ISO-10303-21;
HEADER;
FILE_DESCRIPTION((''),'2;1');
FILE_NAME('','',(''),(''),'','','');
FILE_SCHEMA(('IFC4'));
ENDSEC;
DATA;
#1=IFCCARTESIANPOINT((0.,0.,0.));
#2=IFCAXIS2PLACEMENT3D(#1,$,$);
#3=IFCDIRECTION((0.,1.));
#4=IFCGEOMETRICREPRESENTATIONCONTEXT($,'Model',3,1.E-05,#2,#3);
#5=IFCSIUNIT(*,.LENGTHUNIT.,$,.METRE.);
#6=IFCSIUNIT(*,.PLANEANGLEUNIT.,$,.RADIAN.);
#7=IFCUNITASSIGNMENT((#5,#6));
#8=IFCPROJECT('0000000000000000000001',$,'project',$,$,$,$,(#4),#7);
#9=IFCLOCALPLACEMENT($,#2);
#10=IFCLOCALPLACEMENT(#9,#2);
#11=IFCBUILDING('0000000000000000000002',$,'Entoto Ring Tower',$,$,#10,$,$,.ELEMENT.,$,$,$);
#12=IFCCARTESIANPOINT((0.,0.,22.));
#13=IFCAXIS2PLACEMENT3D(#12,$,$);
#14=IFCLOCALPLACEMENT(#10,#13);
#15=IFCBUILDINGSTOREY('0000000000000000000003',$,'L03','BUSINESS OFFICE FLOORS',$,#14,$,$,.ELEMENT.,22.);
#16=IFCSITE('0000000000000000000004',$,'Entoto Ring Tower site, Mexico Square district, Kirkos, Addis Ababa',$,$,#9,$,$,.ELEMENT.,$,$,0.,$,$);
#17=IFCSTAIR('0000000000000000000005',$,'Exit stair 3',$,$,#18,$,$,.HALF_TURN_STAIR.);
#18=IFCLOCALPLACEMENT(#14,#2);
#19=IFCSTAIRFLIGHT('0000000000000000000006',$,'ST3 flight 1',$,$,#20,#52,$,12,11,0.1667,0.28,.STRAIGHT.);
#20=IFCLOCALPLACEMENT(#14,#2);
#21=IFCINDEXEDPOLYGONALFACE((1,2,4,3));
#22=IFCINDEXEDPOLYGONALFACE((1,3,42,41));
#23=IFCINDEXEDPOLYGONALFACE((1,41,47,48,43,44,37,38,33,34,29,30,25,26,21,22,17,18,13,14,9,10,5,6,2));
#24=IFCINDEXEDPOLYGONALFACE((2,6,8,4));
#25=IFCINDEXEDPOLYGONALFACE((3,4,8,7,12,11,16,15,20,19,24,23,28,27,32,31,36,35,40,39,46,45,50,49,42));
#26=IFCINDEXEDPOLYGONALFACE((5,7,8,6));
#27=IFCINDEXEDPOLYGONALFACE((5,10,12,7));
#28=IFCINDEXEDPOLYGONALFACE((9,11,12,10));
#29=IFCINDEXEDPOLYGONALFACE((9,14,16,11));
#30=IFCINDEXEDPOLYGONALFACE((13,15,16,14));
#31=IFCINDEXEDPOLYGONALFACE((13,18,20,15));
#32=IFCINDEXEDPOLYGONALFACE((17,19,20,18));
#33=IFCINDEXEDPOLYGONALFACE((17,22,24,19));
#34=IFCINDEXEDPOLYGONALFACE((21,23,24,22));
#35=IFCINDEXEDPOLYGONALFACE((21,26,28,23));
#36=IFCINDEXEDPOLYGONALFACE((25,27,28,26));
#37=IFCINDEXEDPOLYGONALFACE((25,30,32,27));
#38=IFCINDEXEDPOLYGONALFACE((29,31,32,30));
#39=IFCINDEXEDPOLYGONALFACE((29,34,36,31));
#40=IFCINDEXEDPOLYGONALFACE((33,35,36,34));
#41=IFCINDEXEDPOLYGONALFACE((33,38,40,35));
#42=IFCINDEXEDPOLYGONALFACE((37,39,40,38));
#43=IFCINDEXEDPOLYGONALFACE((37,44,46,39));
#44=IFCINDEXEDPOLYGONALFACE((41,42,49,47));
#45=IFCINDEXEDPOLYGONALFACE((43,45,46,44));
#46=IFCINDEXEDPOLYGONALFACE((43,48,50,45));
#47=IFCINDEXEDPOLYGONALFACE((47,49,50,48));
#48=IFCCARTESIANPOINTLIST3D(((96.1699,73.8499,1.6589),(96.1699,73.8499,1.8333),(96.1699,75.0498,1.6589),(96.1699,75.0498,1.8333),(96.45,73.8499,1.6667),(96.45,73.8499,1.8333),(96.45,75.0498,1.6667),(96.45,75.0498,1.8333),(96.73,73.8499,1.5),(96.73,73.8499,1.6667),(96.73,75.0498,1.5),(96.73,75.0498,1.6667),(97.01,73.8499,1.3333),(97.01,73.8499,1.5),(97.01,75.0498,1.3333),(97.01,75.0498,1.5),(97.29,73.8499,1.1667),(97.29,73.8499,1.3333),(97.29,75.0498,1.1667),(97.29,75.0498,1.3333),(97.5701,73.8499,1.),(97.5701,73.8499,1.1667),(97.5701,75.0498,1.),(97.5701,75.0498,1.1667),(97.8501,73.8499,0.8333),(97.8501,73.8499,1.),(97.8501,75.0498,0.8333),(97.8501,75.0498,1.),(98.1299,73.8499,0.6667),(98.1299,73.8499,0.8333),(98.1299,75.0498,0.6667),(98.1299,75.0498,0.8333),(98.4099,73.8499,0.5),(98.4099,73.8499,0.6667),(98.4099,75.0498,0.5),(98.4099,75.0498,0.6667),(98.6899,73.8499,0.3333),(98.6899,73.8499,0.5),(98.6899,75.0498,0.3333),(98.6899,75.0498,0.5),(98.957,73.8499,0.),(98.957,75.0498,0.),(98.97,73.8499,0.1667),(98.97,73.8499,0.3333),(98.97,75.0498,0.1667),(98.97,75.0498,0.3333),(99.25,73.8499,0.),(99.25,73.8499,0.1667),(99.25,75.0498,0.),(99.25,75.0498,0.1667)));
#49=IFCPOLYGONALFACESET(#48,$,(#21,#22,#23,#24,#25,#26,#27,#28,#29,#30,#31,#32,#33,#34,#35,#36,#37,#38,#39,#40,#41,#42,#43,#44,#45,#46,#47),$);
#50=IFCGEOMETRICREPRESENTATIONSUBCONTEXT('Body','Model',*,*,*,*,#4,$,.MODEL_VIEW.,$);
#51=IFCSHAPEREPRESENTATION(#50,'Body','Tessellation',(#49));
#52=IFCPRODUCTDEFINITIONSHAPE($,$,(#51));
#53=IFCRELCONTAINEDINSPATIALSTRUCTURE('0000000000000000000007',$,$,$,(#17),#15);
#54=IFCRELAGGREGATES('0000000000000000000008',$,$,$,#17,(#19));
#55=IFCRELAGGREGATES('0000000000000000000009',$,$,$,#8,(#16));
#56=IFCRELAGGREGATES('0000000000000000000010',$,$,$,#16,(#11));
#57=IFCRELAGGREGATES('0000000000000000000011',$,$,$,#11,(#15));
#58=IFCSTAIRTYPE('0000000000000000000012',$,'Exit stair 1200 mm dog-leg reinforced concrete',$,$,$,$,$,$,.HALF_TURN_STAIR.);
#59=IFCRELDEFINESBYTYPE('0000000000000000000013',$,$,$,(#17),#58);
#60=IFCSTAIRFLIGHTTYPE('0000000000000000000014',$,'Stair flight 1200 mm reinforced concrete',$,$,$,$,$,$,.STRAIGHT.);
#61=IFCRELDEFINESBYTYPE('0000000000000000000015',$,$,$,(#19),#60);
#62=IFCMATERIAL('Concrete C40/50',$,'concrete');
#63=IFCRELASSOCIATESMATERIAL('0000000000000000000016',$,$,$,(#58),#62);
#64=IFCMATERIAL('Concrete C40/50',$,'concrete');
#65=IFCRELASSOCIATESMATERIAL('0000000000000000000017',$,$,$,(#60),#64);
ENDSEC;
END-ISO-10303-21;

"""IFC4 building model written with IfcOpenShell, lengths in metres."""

from ifc_helpers import new_model, si_unit, direction, frame, origin, place, context, subcontext, project, spatial, polyline, outline, extrude, material, type_object, element, aggregate, save


model = new_model("IFC4")

# Units and contexts
model_context = context("Model", 3, precision=1e-05, world=origin(), true_north=direction((0.0, 1.0)))
body_context = subcontext(model_context, "Body", "Model", "MODEL_VIEW")
ifc_project = project(units=[si_unit("LENGTHUNIT", "METRE"), si_unit("PLANEANGLEUNIT", "RADIAN")], contexts=[model_context])

# Site, building, storey
site_placement = place(None, origin())
site = spatial("IfcSite", under=ifc_project, at=site_placement, Name="Entoto Ring Tower site, Mexico Square district, Kirkos, Addis Ababa", CompositionType="ELEMENT", RefElevation=0.0)
building_placement = place(site_placement, origin())
building = spatial("IfcBuilding", under=site, at=building_placement, Name="Entoto Ring Tower", CompositionType="ELEMENT")
storey_placement = place(building_placement, frame((0.0, 0.0, 22.0)))
storey = spatial("IfcBuildingStorey", under=building, at=storey_placement, Name="L03", Description="BUSINESS OFFICE FLOORS", CompositionType="ELEMENT", Elevation=22.0)

# Stair, stair flight
ifc_material_1 = material(Name="Concrete C40/50", Category="concrete")
stair_type = type_object("IfcStairType", Name="Exit stair 1200 mm dog-leg reinforced concrete", PredefinedType="HALF_TURN_STAIR", material=ifc_material_1)
stair_placement = place(storey_placement, origin())
stair = element("IfcStair", 1, at=stair_placement, inside=storey, type_object=stair_type, Name="Exit stair 3", PredefinedType="HALF_TURN_STAIR")
ifc_material_2 = material(Name="Concrete C40/50", Category="concrete")
stair_flight_type = type_object("IfcStairFlightType", Name="Stair flight 1200 mm reinforced concrete", PredefinedType="STRAIGHT", material=ifc_material_2)
stair_flight_placement = place(storey_placement, frame((99.25, 74.45, 0.0), z_axis=(0.0, 0.0, 1.0), x_axis=(-1.0, 0.0, 0.0)))
stair_flight = element("IfcStairFlight", 2, at=stair_flight_placement, type_object=stair_flight_type, Name="ST3 flight 1", NumberOfRisers=12, NumberOfTreads=11, PredefinedType="STRAIGHT", RiserHeight=0.1667, TreadLength=0.28, context=body_context, shape_type="SweptSolid", body=[
    extrude(outline(polyline([(0.0, 0.0), (0.0, 0.1667), (0.28, 0.1667), (0.28, 0.3333), (0.5601, 0.3333), (0.5601, 0.5), (0.8401, 0.5), (0.8401, 0.6667), (1.1201, 0.6667), (1.1201, 0.8333), (1.3999, 0.8333), (1.3999, 1.0), (1.6799, 1.0), (1.6799, 1.1667), (1.96, 1.1667), (1.96, 1.3333), (2.24, 1.3333), (2.24, 1.5), (2.52, 1.5), (2.52, 1.6667), (2.8, 1.6667), (2.8, 1.8333), (3.0801, 1.8333), (3.0801, 2.0), (3.0801, 1.6589), (0.293, 0.0), (0.0, 0.0)])), frame((0.0, 0.6001, 0.0), z_axis=(0.0, -1.0, 0.0), x_axis=(1.0, 0.0, 0.0)), (0.0, 0.0, 1.0), 1.2),
])
aggregate(stair, [stair_flight])

save(model, "model.ifc")
